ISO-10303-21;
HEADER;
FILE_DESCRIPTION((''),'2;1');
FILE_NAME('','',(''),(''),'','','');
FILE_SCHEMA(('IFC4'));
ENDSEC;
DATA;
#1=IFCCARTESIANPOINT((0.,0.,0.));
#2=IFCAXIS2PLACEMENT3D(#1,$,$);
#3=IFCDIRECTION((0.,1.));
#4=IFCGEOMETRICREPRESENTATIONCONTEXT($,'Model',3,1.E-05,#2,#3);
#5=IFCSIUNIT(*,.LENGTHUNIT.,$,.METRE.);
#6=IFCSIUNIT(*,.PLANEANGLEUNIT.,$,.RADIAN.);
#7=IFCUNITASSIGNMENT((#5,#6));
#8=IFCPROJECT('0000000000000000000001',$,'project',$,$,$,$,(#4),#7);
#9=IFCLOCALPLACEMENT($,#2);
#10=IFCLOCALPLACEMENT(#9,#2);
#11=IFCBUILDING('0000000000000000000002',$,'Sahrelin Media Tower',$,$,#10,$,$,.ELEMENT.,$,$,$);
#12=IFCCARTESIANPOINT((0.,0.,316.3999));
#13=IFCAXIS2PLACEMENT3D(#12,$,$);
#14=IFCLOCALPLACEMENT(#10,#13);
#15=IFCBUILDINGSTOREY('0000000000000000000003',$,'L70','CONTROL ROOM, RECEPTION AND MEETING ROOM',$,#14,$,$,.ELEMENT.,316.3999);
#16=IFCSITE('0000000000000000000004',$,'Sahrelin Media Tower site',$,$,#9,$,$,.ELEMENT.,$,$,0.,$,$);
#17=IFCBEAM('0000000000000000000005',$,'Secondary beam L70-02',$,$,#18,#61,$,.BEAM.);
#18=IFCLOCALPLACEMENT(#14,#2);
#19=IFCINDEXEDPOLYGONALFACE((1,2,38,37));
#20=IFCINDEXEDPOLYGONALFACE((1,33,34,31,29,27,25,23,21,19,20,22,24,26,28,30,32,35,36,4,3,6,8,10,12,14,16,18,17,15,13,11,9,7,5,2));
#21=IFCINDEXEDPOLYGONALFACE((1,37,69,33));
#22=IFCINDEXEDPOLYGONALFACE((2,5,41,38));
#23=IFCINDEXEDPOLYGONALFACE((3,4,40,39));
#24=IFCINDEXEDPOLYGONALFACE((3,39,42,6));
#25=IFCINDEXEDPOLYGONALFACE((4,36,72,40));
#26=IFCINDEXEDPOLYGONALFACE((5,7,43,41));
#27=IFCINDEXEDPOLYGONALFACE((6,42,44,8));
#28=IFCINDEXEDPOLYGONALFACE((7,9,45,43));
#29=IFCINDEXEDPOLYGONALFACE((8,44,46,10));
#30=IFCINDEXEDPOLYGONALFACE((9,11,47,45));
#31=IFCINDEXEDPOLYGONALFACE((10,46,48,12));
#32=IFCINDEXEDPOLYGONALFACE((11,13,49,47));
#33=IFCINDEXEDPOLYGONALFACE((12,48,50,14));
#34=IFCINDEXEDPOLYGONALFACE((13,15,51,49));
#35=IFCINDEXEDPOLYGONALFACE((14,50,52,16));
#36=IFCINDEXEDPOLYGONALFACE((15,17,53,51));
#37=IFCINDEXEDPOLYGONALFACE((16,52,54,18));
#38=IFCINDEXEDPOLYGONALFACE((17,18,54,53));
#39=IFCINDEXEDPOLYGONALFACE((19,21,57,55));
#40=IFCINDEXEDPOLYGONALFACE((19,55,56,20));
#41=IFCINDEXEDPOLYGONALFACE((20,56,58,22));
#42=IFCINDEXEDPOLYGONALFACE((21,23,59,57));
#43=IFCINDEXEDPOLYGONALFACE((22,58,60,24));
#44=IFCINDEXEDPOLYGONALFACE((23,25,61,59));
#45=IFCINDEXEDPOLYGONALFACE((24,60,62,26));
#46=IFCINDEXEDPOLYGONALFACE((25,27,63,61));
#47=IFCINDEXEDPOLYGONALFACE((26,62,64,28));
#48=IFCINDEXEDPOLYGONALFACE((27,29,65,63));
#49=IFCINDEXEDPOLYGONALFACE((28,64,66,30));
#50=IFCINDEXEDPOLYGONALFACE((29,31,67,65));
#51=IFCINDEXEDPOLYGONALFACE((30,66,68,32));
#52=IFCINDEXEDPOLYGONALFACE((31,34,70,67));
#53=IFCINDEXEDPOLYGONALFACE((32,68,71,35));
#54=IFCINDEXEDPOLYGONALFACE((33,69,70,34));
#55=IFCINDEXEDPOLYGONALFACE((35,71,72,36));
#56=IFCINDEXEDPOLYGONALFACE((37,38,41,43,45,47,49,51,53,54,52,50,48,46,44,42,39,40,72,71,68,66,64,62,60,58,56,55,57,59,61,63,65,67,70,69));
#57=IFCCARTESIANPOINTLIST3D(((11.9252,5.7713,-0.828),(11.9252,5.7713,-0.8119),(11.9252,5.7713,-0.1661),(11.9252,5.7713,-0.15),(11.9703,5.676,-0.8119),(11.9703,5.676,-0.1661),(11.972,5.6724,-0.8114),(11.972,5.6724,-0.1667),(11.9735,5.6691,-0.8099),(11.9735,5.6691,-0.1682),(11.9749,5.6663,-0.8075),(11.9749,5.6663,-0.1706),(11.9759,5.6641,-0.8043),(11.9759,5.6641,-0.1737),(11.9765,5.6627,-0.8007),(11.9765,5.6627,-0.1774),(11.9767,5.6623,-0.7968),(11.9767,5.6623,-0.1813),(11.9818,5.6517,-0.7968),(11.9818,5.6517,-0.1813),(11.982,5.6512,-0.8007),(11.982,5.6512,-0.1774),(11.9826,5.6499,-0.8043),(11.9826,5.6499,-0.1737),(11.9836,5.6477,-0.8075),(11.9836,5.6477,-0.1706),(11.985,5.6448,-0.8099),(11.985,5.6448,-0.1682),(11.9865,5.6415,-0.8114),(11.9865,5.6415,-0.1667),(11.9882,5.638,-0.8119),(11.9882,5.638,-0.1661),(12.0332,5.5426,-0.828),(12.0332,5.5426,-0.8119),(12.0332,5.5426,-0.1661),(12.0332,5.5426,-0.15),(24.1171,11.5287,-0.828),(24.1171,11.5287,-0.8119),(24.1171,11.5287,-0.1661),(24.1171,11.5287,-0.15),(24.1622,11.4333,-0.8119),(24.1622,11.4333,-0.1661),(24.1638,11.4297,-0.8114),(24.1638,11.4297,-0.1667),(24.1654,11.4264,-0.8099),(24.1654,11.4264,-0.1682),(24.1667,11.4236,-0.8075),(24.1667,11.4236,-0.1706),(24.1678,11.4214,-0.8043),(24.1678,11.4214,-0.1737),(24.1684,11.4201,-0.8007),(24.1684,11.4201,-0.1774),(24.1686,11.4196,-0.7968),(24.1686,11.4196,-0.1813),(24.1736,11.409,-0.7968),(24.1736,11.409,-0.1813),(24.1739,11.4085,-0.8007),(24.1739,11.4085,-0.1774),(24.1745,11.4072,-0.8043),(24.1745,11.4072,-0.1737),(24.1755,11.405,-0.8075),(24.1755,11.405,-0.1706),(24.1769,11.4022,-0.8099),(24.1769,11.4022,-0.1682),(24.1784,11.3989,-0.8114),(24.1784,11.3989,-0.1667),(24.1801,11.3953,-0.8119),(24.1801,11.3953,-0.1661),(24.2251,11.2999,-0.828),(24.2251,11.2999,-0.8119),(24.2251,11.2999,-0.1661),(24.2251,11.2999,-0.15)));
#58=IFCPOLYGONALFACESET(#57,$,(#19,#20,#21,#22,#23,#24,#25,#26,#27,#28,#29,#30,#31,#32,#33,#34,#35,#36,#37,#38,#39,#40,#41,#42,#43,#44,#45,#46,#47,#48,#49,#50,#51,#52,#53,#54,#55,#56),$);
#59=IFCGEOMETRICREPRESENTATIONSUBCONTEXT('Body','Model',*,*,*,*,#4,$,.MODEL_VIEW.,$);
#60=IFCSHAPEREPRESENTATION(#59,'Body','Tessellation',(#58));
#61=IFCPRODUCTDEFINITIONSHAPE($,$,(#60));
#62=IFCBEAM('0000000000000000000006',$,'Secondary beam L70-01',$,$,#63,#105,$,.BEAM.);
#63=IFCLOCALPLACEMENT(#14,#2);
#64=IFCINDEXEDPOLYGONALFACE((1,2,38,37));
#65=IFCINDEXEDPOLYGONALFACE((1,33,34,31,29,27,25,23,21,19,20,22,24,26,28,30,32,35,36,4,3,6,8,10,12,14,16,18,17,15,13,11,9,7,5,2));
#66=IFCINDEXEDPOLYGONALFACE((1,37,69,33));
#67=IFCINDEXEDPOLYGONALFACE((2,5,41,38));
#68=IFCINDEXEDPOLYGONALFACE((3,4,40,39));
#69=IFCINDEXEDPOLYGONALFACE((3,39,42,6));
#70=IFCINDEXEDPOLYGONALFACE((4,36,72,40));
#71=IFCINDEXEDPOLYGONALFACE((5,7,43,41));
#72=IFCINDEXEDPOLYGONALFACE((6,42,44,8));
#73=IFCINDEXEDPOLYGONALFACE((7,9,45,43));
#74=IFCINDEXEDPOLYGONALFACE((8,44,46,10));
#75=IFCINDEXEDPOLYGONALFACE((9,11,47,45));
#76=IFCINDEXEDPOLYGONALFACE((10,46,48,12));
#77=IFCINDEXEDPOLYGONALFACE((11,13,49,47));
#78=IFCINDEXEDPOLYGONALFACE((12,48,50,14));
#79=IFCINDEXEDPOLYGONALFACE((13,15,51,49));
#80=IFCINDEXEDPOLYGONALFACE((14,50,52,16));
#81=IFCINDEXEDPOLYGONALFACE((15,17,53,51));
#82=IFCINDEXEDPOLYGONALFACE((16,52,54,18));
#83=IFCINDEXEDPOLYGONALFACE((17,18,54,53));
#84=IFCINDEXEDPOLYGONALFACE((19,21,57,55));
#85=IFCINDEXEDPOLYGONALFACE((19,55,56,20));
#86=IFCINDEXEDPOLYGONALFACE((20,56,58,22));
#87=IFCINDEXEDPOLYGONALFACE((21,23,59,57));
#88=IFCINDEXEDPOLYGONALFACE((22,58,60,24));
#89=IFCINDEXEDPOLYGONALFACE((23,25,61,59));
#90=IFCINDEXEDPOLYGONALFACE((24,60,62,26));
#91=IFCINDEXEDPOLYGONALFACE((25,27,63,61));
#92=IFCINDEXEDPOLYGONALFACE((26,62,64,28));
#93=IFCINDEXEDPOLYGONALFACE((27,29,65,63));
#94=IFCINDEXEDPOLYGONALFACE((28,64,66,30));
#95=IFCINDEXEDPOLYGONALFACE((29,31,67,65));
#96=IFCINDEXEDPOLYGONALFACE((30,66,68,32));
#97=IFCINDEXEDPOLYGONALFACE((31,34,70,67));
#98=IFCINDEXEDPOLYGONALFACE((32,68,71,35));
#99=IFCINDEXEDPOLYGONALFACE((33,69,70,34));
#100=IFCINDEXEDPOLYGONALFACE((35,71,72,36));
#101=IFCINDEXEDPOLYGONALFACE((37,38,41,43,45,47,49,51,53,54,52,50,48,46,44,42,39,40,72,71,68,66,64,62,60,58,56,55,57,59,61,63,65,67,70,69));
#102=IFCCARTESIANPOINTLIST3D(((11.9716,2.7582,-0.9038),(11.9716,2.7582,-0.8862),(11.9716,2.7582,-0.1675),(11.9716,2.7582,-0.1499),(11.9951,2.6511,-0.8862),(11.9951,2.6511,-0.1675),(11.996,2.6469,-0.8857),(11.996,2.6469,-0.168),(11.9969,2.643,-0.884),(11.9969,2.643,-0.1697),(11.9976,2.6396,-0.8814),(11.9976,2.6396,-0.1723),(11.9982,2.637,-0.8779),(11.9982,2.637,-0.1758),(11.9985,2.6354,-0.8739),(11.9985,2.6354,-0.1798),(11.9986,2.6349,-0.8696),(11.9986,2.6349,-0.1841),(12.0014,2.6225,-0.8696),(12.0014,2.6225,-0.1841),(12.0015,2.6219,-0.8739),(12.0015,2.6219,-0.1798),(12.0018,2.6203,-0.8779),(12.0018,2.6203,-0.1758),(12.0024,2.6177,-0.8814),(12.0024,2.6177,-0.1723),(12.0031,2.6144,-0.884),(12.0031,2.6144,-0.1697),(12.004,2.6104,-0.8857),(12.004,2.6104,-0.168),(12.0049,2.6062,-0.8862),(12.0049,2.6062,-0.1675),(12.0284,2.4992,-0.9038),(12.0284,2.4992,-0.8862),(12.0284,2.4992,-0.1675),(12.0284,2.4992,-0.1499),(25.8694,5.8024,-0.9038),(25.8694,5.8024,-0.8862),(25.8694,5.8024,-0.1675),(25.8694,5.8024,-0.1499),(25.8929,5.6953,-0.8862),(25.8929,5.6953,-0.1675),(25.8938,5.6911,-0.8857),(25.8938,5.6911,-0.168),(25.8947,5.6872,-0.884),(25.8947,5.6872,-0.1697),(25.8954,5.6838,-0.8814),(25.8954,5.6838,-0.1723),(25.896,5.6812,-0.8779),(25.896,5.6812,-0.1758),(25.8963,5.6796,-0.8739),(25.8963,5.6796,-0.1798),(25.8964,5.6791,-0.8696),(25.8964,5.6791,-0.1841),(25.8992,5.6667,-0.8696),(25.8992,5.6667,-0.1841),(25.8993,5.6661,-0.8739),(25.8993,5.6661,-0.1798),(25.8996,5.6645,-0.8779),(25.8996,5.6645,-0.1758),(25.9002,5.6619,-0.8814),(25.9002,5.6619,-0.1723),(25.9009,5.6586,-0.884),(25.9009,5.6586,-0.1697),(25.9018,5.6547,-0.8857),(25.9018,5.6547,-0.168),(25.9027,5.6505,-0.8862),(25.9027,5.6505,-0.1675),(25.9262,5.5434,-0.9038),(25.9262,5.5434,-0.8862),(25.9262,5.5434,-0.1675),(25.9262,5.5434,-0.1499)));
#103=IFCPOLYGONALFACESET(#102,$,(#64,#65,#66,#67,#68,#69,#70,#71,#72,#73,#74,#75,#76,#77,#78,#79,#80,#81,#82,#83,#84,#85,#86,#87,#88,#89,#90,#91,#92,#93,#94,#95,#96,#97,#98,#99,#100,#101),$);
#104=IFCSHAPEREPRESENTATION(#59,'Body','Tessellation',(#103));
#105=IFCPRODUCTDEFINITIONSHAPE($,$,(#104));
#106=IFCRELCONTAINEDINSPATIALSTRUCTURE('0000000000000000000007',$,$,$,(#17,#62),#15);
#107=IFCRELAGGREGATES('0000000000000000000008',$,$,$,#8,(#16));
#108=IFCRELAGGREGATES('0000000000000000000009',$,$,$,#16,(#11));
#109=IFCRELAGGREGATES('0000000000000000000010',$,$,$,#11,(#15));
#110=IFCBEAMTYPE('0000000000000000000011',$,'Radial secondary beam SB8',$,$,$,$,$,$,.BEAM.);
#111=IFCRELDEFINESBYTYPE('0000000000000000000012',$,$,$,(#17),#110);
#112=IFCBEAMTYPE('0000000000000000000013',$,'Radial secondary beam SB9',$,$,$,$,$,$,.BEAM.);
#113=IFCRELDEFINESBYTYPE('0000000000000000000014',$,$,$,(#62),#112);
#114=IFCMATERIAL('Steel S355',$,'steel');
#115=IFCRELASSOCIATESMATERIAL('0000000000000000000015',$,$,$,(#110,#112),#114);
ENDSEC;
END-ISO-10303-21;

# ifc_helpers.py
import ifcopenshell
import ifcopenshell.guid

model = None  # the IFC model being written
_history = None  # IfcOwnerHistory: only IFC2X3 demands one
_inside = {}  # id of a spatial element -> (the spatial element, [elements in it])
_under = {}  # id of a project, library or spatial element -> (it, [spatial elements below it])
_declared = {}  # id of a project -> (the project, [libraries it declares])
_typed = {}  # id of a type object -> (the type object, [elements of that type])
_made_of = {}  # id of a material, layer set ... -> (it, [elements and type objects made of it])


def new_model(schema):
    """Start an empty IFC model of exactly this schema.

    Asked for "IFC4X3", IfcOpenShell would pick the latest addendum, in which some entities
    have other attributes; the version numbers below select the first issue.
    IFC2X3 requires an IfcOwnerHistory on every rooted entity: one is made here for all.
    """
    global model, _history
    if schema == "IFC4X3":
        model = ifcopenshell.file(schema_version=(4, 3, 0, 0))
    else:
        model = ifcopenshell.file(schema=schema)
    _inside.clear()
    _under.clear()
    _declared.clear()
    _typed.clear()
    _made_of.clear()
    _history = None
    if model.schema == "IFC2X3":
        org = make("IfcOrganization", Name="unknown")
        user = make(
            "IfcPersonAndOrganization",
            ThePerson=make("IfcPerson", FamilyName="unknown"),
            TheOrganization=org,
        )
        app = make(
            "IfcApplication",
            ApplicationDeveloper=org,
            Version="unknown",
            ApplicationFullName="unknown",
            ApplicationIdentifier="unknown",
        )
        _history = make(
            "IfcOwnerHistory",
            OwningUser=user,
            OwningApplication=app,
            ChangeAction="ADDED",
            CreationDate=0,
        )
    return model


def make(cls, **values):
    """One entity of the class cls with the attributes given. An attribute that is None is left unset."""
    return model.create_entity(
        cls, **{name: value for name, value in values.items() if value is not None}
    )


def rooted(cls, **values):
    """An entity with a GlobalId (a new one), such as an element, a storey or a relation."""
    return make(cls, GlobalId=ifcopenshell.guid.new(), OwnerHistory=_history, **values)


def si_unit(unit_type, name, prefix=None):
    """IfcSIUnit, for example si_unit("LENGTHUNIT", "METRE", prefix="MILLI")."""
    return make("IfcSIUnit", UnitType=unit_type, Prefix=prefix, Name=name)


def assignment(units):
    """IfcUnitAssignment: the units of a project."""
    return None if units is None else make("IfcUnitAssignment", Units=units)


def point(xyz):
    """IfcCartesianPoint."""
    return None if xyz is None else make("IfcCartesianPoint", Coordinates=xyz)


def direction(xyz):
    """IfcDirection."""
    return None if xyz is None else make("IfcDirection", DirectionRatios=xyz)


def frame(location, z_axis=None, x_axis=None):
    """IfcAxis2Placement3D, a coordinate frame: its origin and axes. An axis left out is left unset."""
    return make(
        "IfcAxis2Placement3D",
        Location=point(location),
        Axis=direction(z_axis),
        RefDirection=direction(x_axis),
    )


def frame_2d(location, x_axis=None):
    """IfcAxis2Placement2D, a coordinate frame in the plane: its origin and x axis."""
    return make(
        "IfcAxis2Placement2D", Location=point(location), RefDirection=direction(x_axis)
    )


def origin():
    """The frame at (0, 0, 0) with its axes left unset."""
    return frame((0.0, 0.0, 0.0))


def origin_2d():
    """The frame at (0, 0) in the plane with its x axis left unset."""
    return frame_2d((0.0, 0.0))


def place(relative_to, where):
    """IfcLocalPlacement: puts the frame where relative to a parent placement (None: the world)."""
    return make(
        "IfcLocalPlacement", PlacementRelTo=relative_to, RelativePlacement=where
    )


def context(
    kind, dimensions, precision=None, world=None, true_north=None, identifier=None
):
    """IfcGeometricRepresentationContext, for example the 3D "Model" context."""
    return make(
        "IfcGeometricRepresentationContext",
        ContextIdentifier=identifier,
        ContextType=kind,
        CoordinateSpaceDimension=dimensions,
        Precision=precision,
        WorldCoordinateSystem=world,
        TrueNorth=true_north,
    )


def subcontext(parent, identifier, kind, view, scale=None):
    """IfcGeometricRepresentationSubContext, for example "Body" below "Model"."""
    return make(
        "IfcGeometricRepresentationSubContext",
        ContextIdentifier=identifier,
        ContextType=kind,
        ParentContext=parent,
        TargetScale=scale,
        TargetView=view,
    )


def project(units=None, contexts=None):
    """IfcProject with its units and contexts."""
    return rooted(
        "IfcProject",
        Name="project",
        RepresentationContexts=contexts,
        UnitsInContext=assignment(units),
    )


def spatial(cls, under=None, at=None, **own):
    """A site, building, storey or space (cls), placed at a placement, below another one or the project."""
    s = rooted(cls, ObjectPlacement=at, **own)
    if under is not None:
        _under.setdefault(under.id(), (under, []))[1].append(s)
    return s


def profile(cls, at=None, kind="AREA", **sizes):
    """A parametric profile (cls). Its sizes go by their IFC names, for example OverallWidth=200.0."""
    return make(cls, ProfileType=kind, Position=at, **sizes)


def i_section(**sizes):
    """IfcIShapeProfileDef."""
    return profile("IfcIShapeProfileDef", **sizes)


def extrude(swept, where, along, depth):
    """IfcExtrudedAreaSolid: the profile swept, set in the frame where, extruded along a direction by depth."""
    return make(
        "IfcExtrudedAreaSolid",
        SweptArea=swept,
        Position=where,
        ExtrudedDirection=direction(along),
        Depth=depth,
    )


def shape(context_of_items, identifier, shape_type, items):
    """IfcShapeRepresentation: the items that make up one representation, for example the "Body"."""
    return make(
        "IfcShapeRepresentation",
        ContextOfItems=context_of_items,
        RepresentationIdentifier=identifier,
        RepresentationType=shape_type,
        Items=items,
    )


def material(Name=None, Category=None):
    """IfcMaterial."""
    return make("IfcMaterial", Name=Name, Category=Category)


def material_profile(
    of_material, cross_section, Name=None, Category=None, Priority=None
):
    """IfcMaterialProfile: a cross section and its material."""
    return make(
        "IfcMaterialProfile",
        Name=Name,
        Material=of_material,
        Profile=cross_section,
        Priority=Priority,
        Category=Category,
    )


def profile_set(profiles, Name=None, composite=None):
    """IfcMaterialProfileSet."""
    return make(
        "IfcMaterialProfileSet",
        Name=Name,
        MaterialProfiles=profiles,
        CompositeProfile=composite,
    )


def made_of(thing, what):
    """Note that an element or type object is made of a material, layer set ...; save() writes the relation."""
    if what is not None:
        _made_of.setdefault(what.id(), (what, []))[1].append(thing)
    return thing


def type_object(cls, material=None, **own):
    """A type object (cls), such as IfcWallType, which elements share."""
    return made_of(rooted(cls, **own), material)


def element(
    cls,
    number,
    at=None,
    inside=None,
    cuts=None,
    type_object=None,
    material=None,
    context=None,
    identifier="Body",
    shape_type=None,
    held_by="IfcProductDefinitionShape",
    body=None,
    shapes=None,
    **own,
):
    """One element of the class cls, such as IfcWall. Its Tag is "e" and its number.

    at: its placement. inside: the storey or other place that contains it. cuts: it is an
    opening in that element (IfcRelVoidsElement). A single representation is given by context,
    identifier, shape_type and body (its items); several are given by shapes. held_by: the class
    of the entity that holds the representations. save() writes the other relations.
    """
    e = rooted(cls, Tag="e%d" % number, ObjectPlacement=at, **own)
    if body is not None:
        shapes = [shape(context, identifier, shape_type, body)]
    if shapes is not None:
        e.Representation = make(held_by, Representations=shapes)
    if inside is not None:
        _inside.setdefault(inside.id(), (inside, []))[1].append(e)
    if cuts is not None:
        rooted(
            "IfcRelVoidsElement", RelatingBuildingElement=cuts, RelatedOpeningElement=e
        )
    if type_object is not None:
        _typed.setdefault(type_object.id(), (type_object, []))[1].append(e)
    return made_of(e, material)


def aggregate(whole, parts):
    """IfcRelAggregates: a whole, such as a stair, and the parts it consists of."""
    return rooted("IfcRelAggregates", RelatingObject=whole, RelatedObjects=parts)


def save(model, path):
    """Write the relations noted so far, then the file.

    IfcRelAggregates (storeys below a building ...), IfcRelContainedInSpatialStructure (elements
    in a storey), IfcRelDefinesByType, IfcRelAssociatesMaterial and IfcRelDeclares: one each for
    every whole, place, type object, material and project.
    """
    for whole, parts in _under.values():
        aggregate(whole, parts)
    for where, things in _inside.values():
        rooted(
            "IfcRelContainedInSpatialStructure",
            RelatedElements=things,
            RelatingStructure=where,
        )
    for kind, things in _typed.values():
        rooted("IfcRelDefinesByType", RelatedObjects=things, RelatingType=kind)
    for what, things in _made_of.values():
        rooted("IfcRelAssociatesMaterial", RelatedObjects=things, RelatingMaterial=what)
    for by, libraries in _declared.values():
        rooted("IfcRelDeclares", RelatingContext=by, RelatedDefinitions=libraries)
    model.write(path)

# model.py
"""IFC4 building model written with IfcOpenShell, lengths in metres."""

from ifc_helpers import new_model, si_unit, direction, frame, origin, origin_2d, place, context, subcontext, project, spatial, i_section, extrude, material, material_profile, profile_set, type_object, element, save


model = new_model("IFC4")

# Units and contexts
model_context = context("Model", 3, precision=1e-05, world=origin(), true_north=direction((0.0, 1.0)))
body_context = subcontext(model_context, "Body", "Model", "MODEL_VIEW")
ifc_project = project(units=[si_unit("LENGTHUNIT", "METRE"), si_unit("PLANEANGLEUNIT", "RADIAN")], contexts=[model_context])

# Site, building, storey
site_placement = place(None, origin())
site = spatial("IfcSite", under=ifc_project, at=site_placement, Name="Sahrelin Media Tower site", CompositionType="ELEMENT", RefElevation=0.0)
building_placement = place(site_placement, origin())
building = spatial("IfcBuilding", under=site, at=building_placement, Name="Sahrelin Media Tower", CompositionType="ELEMENT")
storey_placement = place(building_placement, frame((0.0, 0.0, 316.3999)))
storey = spatial("IfcBuildingStorey", under=building, at=storey_placement, Name="L70", Description="CONTROL ROOM, RECEPTION AND MEETING ROOM", CompositionType="ELEMENT", Elevation=316.3999)

# Beams
ifc_material_1 = material(Name="Steel S355", Category="steel")
ifc_material_profile_1 = material_profile(ifc_material_1, i_section(OverallWidth=0.2529, OverallDepth=0.678, WebThickness=0.0117, FlangeThickness=0.0161, FilletRadius=0.0151, at=origin_2d()), Name="UB 686x254x125")
ifc_profile_set_1 = profile_set([ifc_material_profile_1], Name="Steel S355")
beam_type_1 = type_object("IfcBeamType", Name="Radial secondary beam SB8", PredefinedType="BEAM", material=ifc_profile_set_1)
beam_1_placement = place(storey_placement, frame((11.9792, 5.657, -0.489), z_axis=(0.904247, 0.427009, 0.0), x_axis=(-0.427009, 0.904247, 0.0)))
element("IfcBeam", 1, at=beam_1_placement, inside=storey, type_object=beam_type_1, Name="Secondary beam L70-02", PredefinedType="BEAM", context=body_context, shape_type="SweptSolid", body=[
    extrude(i_section(OverallWidth=0.2529, OverallDepth=0.678, WebThickness=0.0117, FlangeThickness=0.0161, FilletRadius=0.0151, at=origin_2d()), origin(), (0.0, 0.0, 1.0), 13.4829),
])
ifc_material_profile_2 = material_profile(ifc_material_1, i_section(OverallWidth=0.2651, OverallDepth=0.7539, WebThickness=0.0127, FlangeThickness=0.0176, FilletRadius=0.0166, at=origin_2d()), Name="UB 762x267x147")
ifc_profile_set_2 = profile_set([ifc_material_profile_2], Name="Steel S355")
beam_type_2 = type_object("IfcBeamType", Name="Radial secondary beam SB9", PredefinedType="BEAM", material=ifc_profile_set_2)
beam_2_placement = place(storey_placement, frame((12.0, 2.6287, -0.5269), z_axis=(0.97684, 0.21397, 0.0), x_axis=(-0.21397, 0.97684, 0.0)))
element("IfcBeam", 2, at=beam_2_placement, inside=storey, type_object=beam_type_2, Name="Secondary beam L70-01", PredefinedType="BEAM", context=body_context, shape_type="SweptSolid", body=[
    extrude(i_section(OverallWidth=0.2651, OverallDepth=0.7539, WebThickness=0.0127, FlangeThickness=0.0176, FilletRadius=0.0166, at=origin_2d()), origin(), (0.0, 0.0, 1.0), 14.2273),
])

save(model, "model.ifc")
